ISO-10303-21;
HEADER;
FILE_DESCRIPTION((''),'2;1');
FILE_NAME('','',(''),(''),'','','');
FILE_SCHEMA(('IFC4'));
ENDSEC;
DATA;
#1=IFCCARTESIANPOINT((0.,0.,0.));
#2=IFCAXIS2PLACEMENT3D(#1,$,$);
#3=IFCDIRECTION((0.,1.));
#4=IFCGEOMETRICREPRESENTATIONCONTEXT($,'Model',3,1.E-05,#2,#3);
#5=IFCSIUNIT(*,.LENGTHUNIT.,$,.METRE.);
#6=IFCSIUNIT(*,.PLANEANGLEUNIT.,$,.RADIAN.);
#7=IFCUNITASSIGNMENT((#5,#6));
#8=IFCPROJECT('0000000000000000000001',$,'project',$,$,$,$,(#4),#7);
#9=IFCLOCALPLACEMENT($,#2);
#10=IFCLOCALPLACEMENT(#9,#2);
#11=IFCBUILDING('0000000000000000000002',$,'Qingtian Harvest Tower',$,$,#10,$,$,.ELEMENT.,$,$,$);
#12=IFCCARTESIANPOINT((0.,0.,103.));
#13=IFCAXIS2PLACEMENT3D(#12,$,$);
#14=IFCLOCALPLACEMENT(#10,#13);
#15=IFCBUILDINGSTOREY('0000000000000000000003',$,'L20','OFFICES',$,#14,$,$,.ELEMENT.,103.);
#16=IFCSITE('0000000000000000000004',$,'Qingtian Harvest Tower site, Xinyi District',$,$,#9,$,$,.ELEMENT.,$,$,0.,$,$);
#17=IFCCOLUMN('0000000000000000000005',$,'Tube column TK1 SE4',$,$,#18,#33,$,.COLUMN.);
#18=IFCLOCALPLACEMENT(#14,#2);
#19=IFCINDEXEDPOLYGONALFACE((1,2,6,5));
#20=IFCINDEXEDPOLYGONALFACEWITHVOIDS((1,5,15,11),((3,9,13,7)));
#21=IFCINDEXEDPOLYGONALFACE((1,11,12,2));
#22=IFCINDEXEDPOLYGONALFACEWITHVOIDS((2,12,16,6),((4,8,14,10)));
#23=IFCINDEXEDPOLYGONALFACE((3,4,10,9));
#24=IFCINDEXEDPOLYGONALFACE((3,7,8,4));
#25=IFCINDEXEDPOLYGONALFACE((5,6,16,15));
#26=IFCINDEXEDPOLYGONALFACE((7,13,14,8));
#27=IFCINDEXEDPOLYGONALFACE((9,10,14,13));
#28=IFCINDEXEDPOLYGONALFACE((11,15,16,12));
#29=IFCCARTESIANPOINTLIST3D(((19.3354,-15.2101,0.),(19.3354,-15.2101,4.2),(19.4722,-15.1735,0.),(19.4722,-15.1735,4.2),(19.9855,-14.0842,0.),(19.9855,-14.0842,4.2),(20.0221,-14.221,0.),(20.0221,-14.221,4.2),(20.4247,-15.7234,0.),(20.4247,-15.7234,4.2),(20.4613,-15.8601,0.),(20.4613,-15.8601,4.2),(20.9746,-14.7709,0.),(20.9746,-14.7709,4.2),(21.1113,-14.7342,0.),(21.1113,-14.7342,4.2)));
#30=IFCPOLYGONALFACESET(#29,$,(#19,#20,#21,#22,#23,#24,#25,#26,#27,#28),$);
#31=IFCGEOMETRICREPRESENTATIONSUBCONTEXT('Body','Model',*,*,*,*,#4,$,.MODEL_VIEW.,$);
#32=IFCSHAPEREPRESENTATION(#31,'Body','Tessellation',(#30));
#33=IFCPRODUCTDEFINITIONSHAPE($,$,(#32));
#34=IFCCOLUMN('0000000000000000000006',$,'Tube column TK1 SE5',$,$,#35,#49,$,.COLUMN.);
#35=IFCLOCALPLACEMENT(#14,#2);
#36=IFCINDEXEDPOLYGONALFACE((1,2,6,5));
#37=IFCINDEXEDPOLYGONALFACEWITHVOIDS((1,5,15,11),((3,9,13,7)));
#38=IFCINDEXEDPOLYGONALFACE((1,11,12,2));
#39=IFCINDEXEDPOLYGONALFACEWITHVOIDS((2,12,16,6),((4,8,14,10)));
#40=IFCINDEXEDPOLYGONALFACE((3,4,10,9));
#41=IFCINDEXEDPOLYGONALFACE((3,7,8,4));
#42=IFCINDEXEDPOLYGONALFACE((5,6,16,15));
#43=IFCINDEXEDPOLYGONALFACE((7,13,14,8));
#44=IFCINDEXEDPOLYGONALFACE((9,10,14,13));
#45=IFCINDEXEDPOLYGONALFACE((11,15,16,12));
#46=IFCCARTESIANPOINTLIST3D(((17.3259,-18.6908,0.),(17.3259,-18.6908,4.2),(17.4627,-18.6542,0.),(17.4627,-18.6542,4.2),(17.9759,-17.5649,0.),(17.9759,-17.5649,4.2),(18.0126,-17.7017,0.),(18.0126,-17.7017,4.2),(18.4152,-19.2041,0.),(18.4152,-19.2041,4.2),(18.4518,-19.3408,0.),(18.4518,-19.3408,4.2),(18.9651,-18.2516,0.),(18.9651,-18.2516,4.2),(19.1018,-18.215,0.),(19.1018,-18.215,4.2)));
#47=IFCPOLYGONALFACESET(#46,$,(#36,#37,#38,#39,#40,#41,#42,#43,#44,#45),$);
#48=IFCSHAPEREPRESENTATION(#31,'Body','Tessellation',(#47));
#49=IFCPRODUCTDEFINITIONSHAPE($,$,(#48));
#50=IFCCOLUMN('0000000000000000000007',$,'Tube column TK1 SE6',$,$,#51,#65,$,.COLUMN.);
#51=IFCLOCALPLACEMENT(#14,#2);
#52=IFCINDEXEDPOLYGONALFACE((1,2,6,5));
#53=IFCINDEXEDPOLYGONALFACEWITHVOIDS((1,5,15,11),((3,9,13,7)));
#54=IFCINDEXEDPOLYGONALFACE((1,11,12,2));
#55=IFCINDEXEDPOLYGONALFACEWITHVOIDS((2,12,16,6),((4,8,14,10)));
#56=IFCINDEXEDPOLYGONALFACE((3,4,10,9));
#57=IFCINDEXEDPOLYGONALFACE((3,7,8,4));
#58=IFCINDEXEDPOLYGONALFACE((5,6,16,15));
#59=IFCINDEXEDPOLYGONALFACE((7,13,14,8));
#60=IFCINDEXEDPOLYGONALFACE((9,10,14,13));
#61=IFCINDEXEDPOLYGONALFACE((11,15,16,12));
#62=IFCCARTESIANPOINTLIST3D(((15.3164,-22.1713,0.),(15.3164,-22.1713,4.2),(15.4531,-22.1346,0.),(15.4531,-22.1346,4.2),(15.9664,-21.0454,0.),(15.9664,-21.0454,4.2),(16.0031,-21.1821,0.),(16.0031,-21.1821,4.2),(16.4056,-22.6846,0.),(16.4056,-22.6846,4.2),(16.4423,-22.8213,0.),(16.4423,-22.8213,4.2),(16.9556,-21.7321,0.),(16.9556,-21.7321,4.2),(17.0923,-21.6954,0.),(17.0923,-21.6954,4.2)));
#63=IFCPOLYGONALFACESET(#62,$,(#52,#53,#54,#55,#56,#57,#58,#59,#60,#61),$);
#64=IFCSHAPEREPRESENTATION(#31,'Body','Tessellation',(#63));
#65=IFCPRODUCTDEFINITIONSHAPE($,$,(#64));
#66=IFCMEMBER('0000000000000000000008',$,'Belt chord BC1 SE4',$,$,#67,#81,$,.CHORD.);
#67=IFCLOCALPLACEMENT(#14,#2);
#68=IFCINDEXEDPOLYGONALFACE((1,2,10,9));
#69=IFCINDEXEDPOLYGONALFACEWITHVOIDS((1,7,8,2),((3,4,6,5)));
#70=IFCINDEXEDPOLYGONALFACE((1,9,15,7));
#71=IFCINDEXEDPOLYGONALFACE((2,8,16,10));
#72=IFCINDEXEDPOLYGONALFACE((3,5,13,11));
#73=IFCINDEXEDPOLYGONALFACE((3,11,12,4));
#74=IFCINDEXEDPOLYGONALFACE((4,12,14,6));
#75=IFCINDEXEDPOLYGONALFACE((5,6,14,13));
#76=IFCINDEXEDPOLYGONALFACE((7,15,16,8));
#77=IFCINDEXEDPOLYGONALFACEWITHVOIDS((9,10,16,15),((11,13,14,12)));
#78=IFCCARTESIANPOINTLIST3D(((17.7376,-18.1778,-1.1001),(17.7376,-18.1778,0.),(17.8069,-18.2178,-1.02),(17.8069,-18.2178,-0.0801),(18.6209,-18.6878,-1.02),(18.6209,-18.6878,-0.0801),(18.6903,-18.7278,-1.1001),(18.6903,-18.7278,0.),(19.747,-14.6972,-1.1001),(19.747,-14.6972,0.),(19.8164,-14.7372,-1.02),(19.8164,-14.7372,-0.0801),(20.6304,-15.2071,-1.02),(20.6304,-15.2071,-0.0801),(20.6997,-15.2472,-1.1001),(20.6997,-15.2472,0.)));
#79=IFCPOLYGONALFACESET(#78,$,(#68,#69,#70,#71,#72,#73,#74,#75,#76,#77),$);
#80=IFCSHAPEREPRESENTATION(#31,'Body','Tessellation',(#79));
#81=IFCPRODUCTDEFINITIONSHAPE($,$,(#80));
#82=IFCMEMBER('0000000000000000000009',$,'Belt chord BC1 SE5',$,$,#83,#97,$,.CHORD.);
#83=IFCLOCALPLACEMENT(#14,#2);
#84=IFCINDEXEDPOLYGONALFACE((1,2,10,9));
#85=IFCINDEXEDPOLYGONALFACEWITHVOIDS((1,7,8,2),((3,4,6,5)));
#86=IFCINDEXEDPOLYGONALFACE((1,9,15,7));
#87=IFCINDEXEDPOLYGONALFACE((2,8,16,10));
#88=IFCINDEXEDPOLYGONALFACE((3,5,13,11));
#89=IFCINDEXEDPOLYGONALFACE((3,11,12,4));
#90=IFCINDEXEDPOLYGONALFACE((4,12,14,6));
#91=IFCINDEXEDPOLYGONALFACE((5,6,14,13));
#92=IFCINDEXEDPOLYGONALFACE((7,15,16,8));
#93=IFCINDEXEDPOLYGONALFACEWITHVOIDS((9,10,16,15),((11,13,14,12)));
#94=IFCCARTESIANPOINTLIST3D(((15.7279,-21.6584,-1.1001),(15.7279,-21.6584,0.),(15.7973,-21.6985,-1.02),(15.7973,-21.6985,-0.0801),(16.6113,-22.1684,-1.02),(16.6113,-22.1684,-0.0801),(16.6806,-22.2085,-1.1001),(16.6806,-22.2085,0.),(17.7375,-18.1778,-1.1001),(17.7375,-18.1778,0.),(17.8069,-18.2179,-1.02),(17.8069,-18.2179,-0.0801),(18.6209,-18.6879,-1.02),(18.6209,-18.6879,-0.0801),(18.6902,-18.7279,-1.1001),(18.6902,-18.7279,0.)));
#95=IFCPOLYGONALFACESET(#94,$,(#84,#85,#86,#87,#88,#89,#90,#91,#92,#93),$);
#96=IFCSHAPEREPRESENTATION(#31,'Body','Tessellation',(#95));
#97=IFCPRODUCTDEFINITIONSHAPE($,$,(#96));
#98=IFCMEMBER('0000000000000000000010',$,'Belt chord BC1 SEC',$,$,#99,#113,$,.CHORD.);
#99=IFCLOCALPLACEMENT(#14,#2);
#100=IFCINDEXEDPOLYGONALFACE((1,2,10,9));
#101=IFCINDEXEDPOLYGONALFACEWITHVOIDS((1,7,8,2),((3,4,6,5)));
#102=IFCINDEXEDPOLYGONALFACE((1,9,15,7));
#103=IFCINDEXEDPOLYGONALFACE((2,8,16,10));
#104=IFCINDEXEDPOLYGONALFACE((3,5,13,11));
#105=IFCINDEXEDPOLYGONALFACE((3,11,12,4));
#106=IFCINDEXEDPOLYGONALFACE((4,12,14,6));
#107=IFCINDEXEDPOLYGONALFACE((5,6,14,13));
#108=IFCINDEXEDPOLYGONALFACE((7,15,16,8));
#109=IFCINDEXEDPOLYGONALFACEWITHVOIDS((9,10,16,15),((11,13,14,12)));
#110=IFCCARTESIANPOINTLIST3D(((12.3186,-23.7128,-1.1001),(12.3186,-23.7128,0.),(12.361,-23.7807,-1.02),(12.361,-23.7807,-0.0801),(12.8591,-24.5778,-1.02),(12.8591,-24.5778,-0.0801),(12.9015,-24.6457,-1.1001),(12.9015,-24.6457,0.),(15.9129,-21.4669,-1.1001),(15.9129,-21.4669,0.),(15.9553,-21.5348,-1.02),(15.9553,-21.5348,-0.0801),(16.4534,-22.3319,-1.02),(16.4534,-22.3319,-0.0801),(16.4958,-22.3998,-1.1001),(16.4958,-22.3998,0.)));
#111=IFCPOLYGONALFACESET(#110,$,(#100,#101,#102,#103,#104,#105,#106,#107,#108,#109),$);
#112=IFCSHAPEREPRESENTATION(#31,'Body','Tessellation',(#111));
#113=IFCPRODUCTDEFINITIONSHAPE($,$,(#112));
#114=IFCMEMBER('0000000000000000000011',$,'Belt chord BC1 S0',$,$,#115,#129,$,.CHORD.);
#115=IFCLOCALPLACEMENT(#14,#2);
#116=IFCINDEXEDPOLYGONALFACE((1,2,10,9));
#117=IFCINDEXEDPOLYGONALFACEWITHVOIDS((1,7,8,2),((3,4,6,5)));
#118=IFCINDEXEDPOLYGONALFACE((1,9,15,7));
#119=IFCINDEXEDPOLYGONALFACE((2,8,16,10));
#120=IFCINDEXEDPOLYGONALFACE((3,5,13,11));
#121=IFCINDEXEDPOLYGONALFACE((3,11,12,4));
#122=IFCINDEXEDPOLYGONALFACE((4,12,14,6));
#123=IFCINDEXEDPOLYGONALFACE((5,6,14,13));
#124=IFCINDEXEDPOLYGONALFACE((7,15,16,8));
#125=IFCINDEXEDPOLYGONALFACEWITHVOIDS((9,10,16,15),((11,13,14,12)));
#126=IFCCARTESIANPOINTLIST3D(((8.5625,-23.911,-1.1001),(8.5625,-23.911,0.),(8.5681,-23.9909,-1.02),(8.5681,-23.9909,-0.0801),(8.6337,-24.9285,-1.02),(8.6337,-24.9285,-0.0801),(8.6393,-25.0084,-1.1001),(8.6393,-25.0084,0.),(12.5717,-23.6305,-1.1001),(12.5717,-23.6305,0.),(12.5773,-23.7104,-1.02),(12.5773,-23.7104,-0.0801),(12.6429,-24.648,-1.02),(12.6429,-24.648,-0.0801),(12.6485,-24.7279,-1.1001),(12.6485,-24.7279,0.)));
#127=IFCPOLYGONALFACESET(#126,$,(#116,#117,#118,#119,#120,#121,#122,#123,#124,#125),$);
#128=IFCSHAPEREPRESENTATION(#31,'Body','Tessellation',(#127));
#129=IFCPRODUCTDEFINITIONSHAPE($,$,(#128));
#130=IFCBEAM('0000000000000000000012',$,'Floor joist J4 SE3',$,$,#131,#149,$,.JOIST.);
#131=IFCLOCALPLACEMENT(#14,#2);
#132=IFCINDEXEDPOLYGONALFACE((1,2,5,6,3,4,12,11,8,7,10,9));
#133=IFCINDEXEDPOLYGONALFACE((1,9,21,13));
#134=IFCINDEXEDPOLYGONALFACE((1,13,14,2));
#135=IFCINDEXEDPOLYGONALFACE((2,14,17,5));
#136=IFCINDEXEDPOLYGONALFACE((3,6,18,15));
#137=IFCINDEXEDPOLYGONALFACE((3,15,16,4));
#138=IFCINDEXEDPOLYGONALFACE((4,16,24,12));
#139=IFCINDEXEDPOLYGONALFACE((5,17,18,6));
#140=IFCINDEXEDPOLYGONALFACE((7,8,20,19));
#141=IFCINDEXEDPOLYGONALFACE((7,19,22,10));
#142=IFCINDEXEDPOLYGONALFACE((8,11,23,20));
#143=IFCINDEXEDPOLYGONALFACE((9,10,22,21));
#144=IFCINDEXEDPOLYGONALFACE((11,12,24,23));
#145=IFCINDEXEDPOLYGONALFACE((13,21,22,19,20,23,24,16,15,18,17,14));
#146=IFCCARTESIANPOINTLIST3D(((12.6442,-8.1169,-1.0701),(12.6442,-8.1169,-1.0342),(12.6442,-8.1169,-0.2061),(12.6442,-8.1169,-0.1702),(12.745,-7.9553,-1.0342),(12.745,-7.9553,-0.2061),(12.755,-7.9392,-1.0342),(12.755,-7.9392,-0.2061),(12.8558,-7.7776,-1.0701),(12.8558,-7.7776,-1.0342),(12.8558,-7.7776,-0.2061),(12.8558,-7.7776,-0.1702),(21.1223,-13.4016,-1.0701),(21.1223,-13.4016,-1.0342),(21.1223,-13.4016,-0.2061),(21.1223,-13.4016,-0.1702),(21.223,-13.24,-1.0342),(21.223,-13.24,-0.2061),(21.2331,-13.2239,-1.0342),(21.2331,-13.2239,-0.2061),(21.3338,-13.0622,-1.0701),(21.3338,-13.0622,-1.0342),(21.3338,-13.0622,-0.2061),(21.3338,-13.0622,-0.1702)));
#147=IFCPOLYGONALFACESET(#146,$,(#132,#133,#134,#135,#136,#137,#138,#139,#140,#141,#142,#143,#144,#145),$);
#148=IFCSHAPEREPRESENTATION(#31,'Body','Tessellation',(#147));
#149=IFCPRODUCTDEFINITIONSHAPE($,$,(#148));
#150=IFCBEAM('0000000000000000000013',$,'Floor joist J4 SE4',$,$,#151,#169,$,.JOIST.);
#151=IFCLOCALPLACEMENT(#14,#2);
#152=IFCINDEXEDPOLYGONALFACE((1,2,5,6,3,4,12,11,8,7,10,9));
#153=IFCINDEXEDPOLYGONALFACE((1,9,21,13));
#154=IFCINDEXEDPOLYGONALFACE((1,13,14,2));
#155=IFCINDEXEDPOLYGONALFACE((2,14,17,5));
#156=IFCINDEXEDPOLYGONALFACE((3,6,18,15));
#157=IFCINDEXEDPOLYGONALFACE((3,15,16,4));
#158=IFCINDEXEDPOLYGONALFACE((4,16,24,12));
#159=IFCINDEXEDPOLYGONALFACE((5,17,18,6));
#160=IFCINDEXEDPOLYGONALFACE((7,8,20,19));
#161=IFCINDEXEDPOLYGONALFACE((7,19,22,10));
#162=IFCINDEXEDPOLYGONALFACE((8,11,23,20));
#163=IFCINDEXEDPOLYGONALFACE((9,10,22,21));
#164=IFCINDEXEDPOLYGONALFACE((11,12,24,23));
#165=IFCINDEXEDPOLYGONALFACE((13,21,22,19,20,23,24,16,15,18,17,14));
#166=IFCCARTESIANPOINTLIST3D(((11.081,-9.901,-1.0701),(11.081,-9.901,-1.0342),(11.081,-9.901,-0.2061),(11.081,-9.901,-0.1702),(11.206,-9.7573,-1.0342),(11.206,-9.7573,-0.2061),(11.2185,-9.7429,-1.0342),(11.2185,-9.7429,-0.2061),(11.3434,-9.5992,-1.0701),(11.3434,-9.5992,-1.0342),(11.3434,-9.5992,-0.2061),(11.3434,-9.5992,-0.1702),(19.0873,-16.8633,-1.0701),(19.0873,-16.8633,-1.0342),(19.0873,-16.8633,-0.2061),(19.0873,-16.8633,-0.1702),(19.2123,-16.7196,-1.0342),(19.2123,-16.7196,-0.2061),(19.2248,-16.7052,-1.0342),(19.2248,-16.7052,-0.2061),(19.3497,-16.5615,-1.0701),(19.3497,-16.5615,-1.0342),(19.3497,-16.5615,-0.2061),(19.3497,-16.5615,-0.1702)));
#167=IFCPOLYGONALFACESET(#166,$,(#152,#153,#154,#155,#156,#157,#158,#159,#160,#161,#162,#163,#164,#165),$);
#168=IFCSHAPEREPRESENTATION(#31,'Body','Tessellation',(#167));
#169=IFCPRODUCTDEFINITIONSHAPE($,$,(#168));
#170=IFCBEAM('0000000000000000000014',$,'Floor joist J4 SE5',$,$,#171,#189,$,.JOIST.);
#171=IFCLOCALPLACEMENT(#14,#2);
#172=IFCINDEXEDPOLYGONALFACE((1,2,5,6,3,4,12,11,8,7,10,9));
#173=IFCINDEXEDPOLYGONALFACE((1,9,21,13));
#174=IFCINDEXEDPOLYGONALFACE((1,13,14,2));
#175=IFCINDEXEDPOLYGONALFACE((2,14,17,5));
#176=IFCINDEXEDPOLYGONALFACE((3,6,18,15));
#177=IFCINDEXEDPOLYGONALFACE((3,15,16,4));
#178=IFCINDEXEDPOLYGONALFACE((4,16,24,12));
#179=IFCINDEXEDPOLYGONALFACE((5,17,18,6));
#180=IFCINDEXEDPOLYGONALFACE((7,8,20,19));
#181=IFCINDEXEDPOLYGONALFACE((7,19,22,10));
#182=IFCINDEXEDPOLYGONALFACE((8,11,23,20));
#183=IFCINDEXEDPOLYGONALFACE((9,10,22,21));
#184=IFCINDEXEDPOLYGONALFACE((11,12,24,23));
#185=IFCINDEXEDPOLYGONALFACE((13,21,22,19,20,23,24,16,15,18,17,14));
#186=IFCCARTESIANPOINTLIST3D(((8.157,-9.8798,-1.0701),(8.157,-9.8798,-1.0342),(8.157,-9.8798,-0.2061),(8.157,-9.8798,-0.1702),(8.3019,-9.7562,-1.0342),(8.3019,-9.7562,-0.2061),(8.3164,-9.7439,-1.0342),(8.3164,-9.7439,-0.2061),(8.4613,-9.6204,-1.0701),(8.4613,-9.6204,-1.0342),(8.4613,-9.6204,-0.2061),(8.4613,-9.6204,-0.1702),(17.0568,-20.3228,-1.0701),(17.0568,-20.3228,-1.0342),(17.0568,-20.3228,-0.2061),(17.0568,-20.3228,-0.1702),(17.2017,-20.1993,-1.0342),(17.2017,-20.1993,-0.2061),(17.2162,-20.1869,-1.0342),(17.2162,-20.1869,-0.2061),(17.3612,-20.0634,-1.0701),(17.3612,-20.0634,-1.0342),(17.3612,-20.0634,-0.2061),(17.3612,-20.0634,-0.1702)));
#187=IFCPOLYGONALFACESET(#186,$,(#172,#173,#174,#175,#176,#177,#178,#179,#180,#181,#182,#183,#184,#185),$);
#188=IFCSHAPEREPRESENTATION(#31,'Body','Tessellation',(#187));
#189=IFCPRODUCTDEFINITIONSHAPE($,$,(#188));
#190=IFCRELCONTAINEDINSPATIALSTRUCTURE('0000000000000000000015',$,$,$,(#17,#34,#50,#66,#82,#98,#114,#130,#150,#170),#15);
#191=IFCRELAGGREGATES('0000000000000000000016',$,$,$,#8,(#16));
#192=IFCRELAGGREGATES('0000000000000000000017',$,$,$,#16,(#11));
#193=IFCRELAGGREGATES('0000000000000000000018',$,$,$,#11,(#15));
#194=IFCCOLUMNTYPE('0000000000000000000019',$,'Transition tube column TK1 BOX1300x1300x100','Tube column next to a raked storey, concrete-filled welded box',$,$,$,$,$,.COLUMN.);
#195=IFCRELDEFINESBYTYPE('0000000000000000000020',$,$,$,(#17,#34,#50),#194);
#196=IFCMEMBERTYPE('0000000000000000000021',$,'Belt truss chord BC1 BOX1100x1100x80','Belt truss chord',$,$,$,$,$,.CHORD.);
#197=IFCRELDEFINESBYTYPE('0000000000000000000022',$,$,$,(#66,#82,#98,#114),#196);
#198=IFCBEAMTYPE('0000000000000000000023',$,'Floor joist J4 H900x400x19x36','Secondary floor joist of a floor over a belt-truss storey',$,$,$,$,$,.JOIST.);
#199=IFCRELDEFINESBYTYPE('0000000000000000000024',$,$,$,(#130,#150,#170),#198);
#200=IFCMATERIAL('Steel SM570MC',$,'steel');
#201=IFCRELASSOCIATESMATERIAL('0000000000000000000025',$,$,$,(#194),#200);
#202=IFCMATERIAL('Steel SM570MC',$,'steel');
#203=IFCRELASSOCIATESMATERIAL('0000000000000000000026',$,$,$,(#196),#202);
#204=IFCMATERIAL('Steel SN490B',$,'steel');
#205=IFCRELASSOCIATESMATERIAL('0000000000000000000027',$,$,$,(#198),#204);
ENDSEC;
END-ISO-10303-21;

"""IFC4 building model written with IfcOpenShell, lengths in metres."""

from ifc_helpers import new_model, si_unit, direction, frame, origin, origin_2d, place, context, subcontext, project, spatial, hollow_rectangle, i_section, extrude, material, material_profile, profile_set, type_object, element, save


model = new_model("IFC4")

# Units and contexts
model_context = context("Model", 3, precision=1e-05, world=origin(), true_north=direction((0.0, 1.0)))
body_context = subcontext(model_context, "Body", "Model", "MODEL_VIEW")
ifc_project = project(units=[si_unit("LENGTHUNIT", "METRE"), si_unit("PLANEANGLEUNIT", "RADIAN")], contexts=[model_context])

# Site, building, storey
site_placement = place(None, origin())
site = spatial("IfcSite", under=ifc_project, at=site_placement, Name="Qingtian Harvest Tower site, Xinyi District", CompositionType="ELEMENT", RefElevation=0.0)
building_placement = place(site_placement, origin())
building = spatial("IfcBuilding", under=site, at=building_placement, Name="Qingtian Harvest Tower", CompositionType="ELEMENT")
storey_placement = place(building_placement, frame((0.0, 0.0, 103.0)))
storey = spatial("IfcBuildingStorey", under=building, at=storey_placement, Name="L20", Description="OFFICES", CompositionType="ELEMENT", Elevation=103.0)

# Columns
ifc_material_1 = material(Name="Steel SM570MC", Category="steel")
ifc_material_profile_1 = material_profile(ifc_material_1, hollow_rectangle(XDim=1.3, YDim=1.3, WallThickness=0.1001, at=origin_2d()), Name="BOX1300x1300x100")
ifc_profile_set_1 = profile_set([ifc_material_profile_1], Name="Steel SM570MC")
column_type = type_object("IfcColumnType", Name="Transition tube column TK1 BOX1300x1300x100", Description="Tube column next to a raked storey, concrete-filled welded box", PredefinedType="COLUMN", material=ifc_profile_set_1)
for number, where, z_axis, x_axis, name in (
    (1, (20.2234, -14.9722, 0.0), (0.0, 0.0, 1.0), (0.5, 0.866025, 0.0), "Tube column TK1 SE4"),
    (2, (18.2139, -18.4529, 0.0), (0.0, 0.0, 1.0), (0.5, 0.866025, 0.0), "Tube column TK1 SE5"),
    (3, (16.2043, -21.9333, 0.0), (0.0, 0.0, 1.0), (0.5, 0.866025, 0.0), "Tube column TK1 SE6"),
):
    element("IfcColumn", number, at=place(storey_placement, frame(where, z_axis=z_axis, x_axis=x_axis)), inside=storey, type_object=column_type, Name=name, PredefinedType="COLUMN", context=body_context, shape_type="SweptSolid", body=[
        extrude(hollow_rectangle(XDim=1.3, YDim=1.3, WallThickness=0.1001, at=origin_2d()), origin(), (0.0, 0.0, 1.0), 4.2),
    ])

# Members
ifc_material_2 = material(Name="Steel SM570MC", Category="steel")
ifc_material_profile_2 = material_profile(ifc_material_2, hollow_rectangle(XDim=1.1001, YDim=1.1001, WallThickness=0.0801, at=origin_2d()), Name="BOX1100x1100x80")
ifc_profile_set_2 = profile_set([ifc_material_profile_2], Name="Steel SM570MC")
member_type_1 = type_object("IfcMemberType", Name="Belt truss chord BC1 BOX1100x1100x80", Description="Belt truss chord", PredefinedType="CHORD", material=ifc_profile_set_2)
for number, where, z_axis, x_axis, name in (
    (4, (20.2234, -14.9722, -0.55), (-0.499987, -0.866033, 0.0), (0.866033, -0.499987, 0.0), "Belt chord BC1 SE4"),
    (5, (18.2139, -18.4529, -0.55), (-0.500013, -0.866018, 0.0), (0.866018, -0.500013, 0.0), "Belt chord BC1 SE5"),
):
    element("IfcMember", number, at=place(storey_placement, frame(where, z_axis=z_axis, x_axis=x_axis)), inside=storey, type_object=member_type_1, Name=name, PredefinedType="CHORD", context=body_context, shape_type="SweptSolid", body=[
        extrude(hollow_rectangle(XDim=1.1001, YDim=1.1001, WallThickness=0.0801, at=origin_2d()), origin(), (0.0, 0.0, 1.0), 4.019),
    ])
member_1_placement = place(storey_placement, frame((16.2043, -21.9333, -0.55), z_axis=(-0.848057, -0.529906, 0.0), x_axis=(0.529906, -0.848057, 0.0)))
element("IfcMember", 6, at=member_1_placement, inside=storey, type_object=member_type_1, Name="Belt chord BC1 SEC", PredefinedType="CHORD", context=body_context, shape_type="SweptSolid", body=[
    extrude(hollow_rectangle(XDim=1.1001, YDim=1.1001, WallThickness=0.0801, at=origin_2d()), origin(), (0.0, 0.0, 1.0), 4.2383),
])
member_2_placement = place(storey_placement, frame((12.6101, -24.1792, -0.55), z_axis=(-0.997561, -0.069796, 0.0), x_axis=(0.069796, -0.997561, 0.0)))
element("IfcMember", 7, at=member_2_placement, inside=storey, type_object=member_type_1, Name="Belt chord BC1 S0", PredefinedType="CHORD", context=body_context, shape_type="SweptSolid", body=[
    extrude(hollow_rectangle(XDim=1.1001, YDim=1.1001, WallThickness=0.0801, at=origin_2d()), origin(), (0.0, 0.0, 1.0), 4.019),
])

# Beams
ifc_material_3 = material(Name="Steel SN490B", Category="steel")
ifc_material_profile_3 = material_profile(ifc_material_3, i_section(OverallWidth=0.3999, OverallDepth=0.8999, WebThickness=0.019, FlangeThickness=0.0359, at=origin_2d()), Name="H900x400x19x36")
ifc_profile_set_3 = profile_set([ifc_material_profile_3], Name="Steel SN490B")
beam_type_1 = type_object("IfcBeamType", Name="Floor joist J4 H900x400x19x36", Description="Secondary floor joist of a floor over a belt-truss storey", PredefinedType="JOIST", material=ifc_profile_set_3)
beam_1_placement = place(storey_placement, frame((21.228, -13.2319, -0.6201), z_axis=(-0.848632, 0.528984, 0.0), x_axis=(-0.528984, -0.848632, 0.0)))
element("IfcBeam", 8, at=beam_1_placement, inside=storey, type_object=beam_type_1, Name="Floor joist J4 SE3", PredefinedType="JOIST", context=body_context, shape_type="SweptSolid", body=[
    extrude(i_section(OverallWidth=0.3999, OverallDepth=0.8999, WebThickness=0.019, FlangeThickness=0.0359, at=origin_2d()), origin(), (0.0, 0.0, 1.0), 9.9902),
])
beam_2_placement = place(storey_placement, frame((19.2185, -16.7124, -0.6201), z_axis=(-0.754589, 0.656198, 0.0), x_axis=(-0.656198, -0.754589, 0.0)))
element("IfcBeam", 9, at=beam_2_placement, inside=storey, type_object=beam_type_1, Name="Floor joist J4 SE4", PredefinedType="JOIST", context=body_context, shape_type="SweptSolid", body=[
    extrude(i_section(OverallWidth=0.3999, OverallDepth=0.8999, WebThickness=0.019, FlangeThickness=0.0359, at=origin_2d()), origin(), (0.0, 0.0, 1.0), 10.6101),
])
beam_3_placement = place(storey_placement, frame((17.209, -20.1931, -0.6201), z_axis=(-0.648632, 0.761102, 0.0), x_axis=(-0.761102, -0.648632, 0.0)))
element("IfcBeam", 10, at=beam_3_placement, inside=storey, type_object=beam_type_1, Name="Floor joist J4 SE5", PredefinedType="JOIST", context=body_context, shape_type="SweptSolid", body=[
    extrude(i_section(OverallWidth=0.3999, OverallDepth=0.8999, WebThickness=0.019, FlangeThickness=0.0359, at=origin_2d()), origin(), (0.0, 0.0, 1.0), 13.7209),
])

save(model, "model.ifc")
